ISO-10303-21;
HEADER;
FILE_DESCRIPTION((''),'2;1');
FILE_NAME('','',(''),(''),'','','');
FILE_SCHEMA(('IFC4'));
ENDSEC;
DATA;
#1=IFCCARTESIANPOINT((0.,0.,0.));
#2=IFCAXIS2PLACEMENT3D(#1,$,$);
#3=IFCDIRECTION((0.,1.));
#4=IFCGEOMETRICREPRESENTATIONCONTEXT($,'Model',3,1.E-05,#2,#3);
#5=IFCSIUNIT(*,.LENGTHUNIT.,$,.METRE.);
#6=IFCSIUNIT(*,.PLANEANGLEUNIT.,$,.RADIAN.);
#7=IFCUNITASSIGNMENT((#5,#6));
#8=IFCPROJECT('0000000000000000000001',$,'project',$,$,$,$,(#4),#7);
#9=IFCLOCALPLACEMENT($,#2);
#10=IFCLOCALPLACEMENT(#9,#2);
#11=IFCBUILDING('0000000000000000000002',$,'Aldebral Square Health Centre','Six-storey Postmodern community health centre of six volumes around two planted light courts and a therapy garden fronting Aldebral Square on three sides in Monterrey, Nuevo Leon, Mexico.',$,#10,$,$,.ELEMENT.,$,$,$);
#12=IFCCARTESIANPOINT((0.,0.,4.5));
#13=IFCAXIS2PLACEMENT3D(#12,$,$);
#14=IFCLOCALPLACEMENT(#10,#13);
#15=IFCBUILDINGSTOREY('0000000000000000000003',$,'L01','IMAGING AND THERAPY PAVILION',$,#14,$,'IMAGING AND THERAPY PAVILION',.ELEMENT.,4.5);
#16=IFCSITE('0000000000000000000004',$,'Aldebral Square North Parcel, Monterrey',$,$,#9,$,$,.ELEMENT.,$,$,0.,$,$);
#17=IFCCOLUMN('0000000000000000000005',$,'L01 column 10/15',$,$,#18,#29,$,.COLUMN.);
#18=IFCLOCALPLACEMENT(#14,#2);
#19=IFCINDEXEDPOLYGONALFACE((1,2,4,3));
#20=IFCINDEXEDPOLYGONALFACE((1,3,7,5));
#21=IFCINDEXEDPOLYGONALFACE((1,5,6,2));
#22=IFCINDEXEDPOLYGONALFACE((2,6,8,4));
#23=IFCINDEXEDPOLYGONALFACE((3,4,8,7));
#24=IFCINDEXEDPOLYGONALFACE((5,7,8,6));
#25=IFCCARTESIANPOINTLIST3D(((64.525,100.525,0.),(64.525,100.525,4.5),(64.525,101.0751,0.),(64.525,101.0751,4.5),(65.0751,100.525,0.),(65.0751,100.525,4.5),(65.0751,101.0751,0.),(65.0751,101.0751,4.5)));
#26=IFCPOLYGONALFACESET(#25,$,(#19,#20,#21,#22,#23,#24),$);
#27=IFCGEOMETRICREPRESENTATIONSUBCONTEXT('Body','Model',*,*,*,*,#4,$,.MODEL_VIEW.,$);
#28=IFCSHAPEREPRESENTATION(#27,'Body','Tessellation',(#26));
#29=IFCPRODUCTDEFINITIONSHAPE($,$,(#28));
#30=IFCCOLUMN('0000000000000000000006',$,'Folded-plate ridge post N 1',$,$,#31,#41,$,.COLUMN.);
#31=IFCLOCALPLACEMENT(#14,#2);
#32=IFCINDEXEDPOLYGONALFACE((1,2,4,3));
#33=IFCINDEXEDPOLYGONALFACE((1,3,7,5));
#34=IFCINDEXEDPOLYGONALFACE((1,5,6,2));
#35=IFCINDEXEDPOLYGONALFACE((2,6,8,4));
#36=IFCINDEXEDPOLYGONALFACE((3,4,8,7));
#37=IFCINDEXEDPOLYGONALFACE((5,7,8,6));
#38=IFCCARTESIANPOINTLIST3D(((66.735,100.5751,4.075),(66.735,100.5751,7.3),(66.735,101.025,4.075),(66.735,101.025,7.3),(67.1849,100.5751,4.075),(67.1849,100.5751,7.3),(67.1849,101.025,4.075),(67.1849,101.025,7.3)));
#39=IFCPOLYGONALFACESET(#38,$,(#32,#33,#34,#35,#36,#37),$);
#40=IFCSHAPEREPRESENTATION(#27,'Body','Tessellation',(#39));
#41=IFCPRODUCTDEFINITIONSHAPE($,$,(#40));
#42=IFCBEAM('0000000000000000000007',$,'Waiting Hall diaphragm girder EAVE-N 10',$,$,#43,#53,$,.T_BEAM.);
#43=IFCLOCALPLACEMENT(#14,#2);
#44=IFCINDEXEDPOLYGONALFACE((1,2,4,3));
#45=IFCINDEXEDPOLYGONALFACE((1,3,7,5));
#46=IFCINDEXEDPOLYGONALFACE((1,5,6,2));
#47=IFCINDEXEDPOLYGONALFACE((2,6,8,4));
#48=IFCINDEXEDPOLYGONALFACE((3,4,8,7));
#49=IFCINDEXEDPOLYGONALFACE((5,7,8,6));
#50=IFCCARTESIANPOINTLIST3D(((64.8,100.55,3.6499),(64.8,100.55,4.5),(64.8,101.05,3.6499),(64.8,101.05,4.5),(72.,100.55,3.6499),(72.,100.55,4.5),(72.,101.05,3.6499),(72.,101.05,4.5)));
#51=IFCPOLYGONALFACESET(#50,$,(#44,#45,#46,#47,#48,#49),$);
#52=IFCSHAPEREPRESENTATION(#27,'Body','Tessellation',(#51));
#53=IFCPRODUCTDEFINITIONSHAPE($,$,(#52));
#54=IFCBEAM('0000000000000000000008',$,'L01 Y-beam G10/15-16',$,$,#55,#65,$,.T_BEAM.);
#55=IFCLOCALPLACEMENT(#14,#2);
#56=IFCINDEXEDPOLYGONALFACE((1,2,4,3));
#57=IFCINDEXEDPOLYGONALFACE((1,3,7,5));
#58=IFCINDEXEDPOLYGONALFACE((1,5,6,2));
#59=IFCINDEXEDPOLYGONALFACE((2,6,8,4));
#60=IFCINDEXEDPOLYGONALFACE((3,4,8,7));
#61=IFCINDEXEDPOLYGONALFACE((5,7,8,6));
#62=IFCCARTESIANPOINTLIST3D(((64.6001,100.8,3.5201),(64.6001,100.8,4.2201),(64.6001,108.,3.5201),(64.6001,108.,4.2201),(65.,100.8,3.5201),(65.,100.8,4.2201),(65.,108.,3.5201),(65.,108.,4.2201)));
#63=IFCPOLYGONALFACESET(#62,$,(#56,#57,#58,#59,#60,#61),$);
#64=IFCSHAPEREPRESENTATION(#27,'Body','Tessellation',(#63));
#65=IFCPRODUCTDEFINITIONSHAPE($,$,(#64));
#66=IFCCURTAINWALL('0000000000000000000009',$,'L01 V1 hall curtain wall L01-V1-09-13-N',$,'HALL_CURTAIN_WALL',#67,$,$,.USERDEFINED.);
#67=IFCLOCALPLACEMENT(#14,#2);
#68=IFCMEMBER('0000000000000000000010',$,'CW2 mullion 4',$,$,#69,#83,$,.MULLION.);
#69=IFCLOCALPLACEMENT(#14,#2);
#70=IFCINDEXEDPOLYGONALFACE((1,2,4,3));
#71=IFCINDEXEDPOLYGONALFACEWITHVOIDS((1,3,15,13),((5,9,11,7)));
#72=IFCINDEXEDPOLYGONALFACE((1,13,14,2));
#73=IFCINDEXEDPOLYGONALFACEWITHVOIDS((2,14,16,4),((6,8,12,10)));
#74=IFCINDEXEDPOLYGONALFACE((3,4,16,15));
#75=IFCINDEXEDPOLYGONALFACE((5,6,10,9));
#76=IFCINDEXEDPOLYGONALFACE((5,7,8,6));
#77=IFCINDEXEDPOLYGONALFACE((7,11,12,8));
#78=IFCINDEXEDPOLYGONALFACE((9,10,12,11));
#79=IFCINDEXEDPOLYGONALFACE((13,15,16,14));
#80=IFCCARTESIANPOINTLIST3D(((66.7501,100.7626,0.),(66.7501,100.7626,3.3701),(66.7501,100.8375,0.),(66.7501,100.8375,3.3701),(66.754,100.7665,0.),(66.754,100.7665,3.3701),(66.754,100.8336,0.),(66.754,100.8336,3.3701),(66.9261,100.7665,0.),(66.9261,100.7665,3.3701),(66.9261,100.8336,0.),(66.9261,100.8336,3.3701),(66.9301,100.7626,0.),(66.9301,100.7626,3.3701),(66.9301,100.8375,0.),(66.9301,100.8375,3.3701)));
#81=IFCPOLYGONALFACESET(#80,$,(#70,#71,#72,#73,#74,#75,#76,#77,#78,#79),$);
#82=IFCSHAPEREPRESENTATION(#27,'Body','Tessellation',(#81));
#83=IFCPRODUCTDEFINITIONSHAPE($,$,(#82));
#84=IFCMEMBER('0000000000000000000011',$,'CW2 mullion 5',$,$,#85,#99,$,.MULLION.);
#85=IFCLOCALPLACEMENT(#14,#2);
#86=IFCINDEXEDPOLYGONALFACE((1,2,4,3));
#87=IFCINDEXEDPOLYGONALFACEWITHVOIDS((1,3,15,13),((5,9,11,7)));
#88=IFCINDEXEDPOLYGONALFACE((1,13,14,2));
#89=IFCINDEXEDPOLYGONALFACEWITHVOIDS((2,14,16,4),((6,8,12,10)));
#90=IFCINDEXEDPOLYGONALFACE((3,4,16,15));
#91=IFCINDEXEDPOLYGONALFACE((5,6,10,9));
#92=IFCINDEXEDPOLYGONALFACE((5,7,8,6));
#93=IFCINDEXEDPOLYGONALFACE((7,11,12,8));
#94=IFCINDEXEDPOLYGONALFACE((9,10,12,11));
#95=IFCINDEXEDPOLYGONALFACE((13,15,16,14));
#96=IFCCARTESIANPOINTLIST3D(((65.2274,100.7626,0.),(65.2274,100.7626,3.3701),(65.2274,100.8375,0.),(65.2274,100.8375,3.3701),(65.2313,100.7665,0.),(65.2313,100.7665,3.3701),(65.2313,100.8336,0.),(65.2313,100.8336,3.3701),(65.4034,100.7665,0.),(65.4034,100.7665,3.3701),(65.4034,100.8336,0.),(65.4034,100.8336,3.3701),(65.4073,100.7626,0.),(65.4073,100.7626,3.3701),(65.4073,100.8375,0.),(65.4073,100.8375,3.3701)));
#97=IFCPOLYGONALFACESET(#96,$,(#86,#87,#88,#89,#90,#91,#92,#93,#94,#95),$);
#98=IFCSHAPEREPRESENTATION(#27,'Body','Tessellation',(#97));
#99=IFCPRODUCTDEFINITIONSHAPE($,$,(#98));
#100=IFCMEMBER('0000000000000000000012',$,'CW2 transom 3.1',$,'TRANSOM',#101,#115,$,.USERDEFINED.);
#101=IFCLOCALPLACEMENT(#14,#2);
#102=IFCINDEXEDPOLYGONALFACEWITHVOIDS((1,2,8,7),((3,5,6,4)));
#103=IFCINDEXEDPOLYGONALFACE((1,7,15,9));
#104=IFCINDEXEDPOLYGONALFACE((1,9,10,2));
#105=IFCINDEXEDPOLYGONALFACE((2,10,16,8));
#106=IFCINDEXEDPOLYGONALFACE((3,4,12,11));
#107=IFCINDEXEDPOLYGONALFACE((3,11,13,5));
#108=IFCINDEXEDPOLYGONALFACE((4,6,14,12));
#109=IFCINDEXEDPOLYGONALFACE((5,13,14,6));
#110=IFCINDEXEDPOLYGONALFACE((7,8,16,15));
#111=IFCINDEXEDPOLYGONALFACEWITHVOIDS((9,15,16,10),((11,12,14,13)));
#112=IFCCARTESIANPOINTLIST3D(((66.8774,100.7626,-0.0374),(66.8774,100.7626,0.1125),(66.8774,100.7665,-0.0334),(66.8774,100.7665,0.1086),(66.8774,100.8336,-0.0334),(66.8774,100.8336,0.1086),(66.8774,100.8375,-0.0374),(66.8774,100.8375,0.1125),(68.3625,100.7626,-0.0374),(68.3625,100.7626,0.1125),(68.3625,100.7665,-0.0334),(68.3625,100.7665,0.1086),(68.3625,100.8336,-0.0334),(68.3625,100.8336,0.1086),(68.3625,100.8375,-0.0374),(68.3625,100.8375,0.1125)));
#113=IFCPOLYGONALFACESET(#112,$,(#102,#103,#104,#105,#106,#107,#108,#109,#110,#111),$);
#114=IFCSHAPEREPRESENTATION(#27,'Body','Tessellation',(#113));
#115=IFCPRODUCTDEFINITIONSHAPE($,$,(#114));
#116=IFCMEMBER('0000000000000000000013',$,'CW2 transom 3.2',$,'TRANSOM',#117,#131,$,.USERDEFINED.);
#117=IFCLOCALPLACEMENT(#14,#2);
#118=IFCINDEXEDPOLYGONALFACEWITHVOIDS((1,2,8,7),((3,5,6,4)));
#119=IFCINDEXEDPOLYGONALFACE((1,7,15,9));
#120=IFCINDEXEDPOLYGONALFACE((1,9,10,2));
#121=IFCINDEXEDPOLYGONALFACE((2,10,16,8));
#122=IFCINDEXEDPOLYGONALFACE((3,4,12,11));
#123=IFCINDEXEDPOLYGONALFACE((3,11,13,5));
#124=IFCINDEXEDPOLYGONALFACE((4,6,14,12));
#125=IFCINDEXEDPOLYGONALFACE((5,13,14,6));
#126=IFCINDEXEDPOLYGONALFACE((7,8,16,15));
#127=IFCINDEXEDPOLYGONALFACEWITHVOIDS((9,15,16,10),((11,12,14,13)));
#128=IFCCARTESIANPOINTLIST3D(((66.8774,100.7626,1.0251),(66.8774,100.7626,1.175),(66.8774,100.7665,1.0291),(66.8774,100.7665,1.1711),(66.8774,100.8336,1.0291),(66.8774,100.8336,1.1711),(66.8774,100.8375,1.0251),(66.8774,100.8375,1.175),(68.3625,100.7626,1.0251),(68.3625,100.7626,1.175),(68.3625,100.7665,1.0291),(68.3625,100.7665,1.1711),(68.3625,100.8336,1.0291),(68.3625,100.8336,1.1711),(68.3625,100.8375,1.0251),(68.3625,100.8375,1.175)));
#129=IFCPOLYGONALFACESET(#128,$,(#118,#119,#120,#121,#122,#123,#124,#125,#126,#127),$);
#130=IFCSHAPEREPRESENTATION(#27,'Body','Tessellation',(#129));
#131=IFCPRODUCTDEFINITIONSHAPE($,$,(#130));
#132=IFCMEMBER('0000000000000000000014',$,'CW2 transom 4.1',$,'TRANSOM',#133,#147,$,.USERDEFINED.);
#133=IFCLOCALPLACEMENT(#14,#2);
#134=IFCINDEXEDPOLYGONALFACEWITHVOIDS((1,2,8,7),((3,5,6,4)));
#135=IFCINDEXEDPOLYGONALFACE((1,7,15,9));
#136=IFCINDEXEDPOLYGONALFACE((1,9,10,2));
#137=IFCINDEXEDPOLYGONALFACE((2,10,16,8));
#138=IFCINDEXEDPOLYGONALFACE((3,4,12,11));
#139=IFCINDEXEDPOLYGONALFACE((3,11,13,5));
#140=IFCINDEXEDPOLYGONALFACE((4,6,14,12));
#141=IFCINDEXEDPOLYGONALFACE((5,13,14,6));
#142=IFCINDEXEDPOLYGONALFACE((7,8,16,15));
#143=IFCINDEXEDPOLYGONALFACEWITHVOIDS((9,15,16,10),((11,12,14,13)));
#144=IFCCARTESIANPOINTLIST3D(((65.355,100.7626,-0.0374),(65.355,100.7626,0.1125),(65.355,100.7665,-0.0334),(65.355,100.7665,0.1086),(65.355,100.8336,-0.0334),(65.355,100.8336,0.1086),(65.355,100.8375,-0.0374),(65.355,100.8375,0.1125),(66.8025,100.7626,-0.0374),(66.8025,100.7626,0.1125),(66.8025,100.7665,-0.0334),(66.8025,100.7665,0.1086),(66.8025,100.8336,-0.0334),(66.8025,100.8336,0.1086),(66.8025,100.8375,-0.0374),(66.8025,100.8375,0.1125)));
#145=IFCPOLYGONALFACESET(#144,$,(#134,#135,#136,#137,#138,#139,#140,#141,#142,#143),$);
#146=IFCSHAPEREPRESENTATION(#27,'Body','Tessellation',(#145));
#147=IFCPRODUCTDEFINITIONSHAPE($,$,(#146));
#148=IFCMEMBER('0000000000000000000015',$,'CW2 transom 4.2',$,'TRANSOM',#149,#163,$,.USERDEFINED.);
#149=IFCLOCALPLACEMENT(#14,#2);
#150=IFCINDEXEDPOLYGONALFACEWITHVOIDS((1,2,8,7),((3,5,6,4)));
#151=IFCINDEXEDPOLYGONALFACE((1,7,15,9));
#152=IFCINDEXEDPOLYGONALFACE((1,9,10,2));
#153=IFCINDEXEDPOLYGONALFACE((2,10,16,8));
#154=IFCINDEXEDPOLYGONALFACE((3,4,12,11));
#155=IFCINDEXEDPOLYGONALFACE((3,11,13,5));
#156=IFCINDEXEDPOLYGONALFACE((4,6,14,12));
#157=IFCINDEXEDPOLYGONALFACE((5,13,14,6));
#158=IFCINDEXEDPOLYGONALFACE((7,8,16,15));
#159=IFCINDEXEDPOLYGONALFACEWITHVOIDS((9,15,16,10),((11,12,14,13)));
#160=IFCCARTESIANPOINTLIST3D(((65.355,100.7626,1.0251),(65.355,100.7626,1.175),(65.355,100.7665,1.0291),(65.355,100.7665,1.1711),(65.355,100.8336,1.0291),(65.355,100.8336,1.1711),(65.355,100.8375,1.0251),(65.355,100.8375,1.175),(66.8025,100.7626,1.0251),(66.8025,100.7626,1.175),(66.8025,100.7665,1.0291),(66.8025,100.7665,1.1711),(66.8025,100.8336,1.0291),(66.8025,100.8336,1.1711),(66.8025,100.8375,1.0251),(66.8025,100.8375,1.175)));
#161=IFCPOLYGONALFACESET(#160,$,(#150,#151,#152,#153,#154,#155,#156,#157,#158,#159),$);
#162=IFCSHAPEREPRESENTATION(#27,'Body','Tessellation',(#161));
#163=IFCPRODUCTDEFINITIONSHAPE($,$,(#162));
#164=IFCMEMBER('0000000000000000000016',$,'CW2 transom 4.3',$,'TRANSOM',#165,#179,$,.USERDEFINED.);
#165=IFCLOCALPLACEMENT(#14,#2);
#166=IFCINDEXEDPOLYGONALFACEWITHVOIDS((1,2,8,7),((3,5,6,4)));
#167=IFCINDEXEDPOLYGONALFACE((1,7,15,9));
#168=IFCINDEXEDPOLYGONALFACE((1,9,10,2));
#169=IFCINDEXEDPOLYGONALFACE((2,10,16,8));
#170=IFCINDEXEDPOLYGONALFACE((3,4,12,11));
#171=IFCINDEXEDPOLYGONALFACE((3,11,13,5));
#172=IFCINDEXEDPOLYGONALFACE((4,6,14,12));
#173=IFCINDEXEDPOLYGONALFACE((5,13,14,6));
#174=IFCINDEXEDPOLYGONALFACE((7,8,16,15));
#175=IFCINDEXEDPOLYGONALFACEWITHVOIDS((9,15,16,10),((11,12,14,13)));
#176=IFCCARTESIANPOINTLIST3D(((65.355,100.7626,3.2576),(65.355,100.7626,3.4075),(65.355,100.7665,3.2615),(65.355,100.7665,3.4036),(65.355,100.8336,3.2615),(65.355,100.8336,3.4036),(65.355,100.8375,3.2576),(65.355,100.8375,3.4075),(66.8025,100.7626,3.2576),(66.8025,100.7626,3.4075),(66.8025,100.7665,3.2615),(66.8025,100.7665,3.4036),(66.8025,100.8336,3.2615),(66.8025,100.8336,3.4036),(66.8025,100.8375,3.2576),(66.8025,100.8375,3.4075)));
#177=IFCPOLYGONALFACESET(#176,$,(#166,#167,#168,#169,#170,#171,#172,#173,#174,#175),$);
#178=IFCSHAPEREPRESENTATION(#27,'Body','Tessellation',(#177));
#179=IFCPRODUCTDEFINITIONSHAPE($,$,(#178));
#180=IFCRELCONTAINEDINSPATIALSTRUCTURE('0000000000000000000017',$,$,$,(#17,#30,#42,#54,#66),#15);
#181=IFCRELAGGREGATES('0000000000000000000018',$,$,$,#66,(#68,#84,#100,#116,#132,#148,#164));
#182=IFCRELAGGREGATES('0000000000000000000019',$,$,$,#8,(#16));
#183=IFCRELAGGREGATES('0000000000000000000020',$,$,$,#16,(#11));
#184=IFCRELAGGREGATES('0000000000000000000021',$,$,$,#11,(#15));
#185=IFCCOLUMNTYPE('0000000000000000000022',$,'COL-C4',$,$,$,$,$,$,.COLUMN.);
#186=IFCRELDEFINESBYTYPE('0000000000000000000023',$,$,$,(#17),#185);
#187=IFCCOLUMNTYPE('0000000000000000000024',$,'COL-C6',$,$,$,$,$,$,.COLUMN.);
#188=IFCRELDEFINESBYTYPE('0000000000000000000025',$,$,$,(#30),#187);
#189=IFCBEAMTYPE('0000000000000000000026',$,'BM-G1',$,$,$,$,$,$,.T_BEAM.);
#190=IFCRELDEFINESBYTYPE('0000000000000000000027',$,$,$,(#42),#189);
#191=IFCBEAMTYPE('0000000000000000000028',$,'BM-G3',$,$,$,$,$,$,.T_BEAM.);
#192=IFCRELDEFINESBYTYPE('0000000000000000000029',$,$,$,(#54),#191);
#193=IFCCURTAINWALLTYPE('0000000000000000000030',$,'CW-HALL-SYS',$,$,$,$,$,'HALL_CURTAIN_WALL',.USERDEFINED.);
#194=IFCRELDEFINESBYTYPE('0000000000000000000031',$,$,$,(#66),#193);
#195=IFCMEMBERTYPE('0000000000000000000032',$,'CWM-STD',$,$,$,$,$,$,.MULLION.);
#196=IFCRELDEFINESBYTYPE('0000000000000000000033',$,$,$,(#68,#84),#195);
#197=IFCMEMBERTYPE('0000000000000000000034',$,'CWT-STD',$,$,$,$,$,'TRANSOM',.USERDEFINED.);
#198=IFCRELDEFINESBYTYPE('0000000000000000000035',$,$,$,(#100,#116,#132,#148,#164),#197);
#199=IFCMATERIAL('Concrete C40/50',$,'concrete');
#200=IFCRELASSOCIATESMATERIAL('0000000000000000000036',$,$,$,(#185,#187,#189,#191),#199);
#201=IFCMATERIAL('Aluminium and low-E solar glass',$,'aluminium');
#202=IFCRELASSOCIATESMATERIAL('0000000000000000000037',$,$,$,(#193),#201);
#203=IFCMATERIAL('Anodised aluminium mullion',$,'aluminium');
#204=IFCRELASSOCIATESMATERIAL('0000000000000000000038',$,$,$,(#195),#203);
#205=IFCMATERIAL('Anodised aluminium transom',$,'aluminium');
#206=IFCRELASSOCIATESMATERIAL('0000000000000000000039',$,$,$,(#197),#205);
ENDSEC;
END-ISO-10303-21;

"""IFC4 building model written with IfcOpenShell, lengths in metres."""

from ifc_helpers import new_model, si_unit, direction, frame, origin, origin_2d, place, context, subcontext, project, spatial, rectangle, hollow_rectangle, extrude, material, material_profile, profile_set, type_object, element, aggregate, save


model = new_model("IFC4")

# Units and contexts
model_context = context("Model", 3, precision=1e-05, world=origin(), true_north=direction((0.0, 1.0)))
body_context = subcontext(model_context, "Body", "Model", "MODEL_VIEW")
ifc_project = project(units=[si_unit("LENGTHUNIT", "METRE"), si_unit("PLANEANGLEUNIT", "RADIAN")], contexts=[model_context])

# Site, building, storey
site_placement = place(None, origin())
site = spatial("IfcSite", under=ifc_project, at=site_placement, Name="Aldebral Square North Parcel, Monterrey", CompositionType="ELEMENT", RefElevation=0.0)
building_placement = place(site_placement, origin())
building = spatial("IfcBuilding", under=site, at=building_placement, Name="Aldebral Square Health Centre", Description="Six-storey Postmodern community health centre of six volumes around two planted light courts and a therapy garden fronting Aldebral Square on three sides in Monterrey, Nuevo Leon, Mexico.", CompositionType="ELEMENT")
storey_placement = place(building_placement, frame((0.0, 0.0, 4.5)))
storey = spatial("IfcBuildingStorey", under=building, at=storey_placement, Name="L01", Description="IMAGING AND THERAPY PAVILION", LongName="IMAGING AND THERAPY PAVILION", CompositionType="ELEMENT", Elevation=4.5)

# Columns
ifc_material_1 = material(Name="Concrete C40/50", Category="concrete")
ifc_material_profile_1 = material_profile(ifc_material_1, rectangle(XDim=0.55, YDim=0.55, at=origin_2d()), Name="RC 550x550")
ifc_profile_set_1 = profile_set([ifc_material_profile_1], Name="Concrete C40/50")
column_type_1 = type_object("IfcColumnType", Name="COL-C4", PredefinedType="COLUMN", material=ifc_profile_set_1)
column_1_placement = place(storey_placement, frame((64.8, 100.8, 0.0), z_axis=(0.0, 0.0, 1.0), x_axis=(1.0, 0.0, 0.0)))
element("IfcColumn", 1, at=column_1_placement, inside=storey, type_object=column_type_1, Name="L01 column 10/15", PredefinedType="COLUMN", context=body_context, shape_type="SweptSolid", body=[
    extrude(rectangle(XDim=0.55, YDim=0.55, at=origin_2d()), origin(), (0.0, 0.0, 1.0), 4.5),
])
ifc_material_profile_2 = material_profile(ifc_material_1, rectangle(XDim=0.45, YDim=0.45, at=origin_2d()), Name="RC 450x450")
ifc_profile_set_2 = profile_set([ifc_material_profile_2], Name="Concrete C40/50")
column_type_2 = type_object("IfcColumnType", Name="COL-C6", PredefinedType="COLUMN", material=ifc_profile_set_2)
column_2_placement = place(storey_placement, frame((66.96, 100.8, 4.075), z_axis=(0.0, 0.0, 1.0), x_axis=(1.0, 0.0, 0.0)))
element("IfcColumn", 2, at=column_2_placement, inside=storey, type_object=column_type_2, Name="Folded-plate ridge post N 1", PredefinedType="COLUMN", context=body_context, shape_type="SweptSolid", body=[
    extrude(rectangle(XDim=0.45, YDim=0.45, at=origin_2d()), origin(), (0.0, 0.0, 1.0), 3.2251),
])

# Beams
ifc_material_profile_3 = material_profile(ifc_material_1, rectangle(XDim=0.5, YDim=0.8501, at=origin_2d()), Name="RC 500x850")
ifc_profile_set_3 = profile_set([ifc_material_profile_3], Name="Concrete C40/50")
beam_type_1 = type_object("IfcBeamType", Name="BM-G1", PredefinedType="T_BEAM", material=ifc_profile_set_3)
beam_1_placement = place(storey_placement, frame((64.8, 100.8, 4.075), z_axis=(1.0, 0.0, 0.0), x_axis=(0.0, 1.0, 0.0)))
element("IfcBeam", 3, at=beam_1_placement, inside=storey, type_object=beam_type_1, Name="Waiting Hall diaphragm girder EAVE-N 10", PredefinedType="T_BEAM", context=body_context, shape_type="SweptSolid", body=[
    extrude(rectangle(XDim=0.5, YDim=0.8501, at=origin_2d()), origin(), (0.0, 0.0, 1.0), 7.2),
])
ifc_material_profile_4 = material_profile(ifc_material_1, rectangle(XDim=0.3999, YDim=0.7, at=origin_2d()), Name="RC 400x700")
ifc_profile_set_4 = profile_set([ifc_material_profile_4], Name="Concrete C40/50")
beam_type_2 = type_object("IfcBeamType", Name="BM-G3", PredefinedType="T_BEAM", material=ifc_profile_set_4)
beam_2_placement = place(storey_placement, frame((64.8, 100.8, 3.8701), z_axis=(0.0, 1.0, 0.0), x_axis=(-1.0, 0.0, 0.0)))
element("IfcBeam", 4, at=beam_2_placement, inside=storey, type_object=beam_type_2, Name="L01 Y-beam G10/15-16", PredefinedType="T_BEAM", context=body_context, shape_type="SweptSolid", body=[
    extrude(rectangle(XDim=0.3999, YDim=0.7, at=origin_2d()), origin(), (0.0, 0.0, 1.0), 7.2),
])

# Curtain wall, members
ifc_material_2 = material(Name="Aluminium and low-E solar glass", Category="aluminium")
curtain_wall_type = type_object("IfcCurtainWallType", Name="CW-HALL-SYS", ElementType="HALL_CURTAIN_WALL", PredefinedType="USERDEFINED", material=ifc_material_2)
curtain_wall_placement = place(storey_placement, origin())
curtain_wall = element("IfcCurtainWall", 5, at=curtain_wall_placement, inside=storey, type_object=curtain_wall_type, Name="L01 V1 hall curtain wall L01-V1-09-13-N", ObjectType="HALL_CURTAIN_WALL", PredefinedType="USERDEFINED")
ifc_material_3 = material(Name="Anodised aluminium mullion", Category="aluminium")
ifc_material_profile_5 = material_profile(ifc_material_3, hollow_rectangle(XDim=0.075, YDim=0.1799, WallThickness=0.0039, at=origin_2d()), Name="CWM 75x180x4")
ifc_profile_set_5 = profile_set([ifc_material_profile_5], Name="Anodised aluminium mullion")
member_type_1 = type_object("IfcMemberType", Name="CWM-STD", PredefinedType="MULLION", material=ifc_profile_set_5)
member_1_placement = place(storey_placement, frame((66.8401, 100.8, 0.0), z_axis=(0.0, 0.0, 1.0), x_axis=(0.0, -1.0, 0.0)))
member_1 = element("IfcMember", 6, at=member_1_placement, type_object=member_type_1, Name="CW2 mullion 4", PredefinedType="MULLION", context=body_context, shape_type="SweptSolid", body=[
    extrude(hollow_rectangle(XDim=0.075, YDim=0.1799, WallThickness=0.0039, at=origin_2d()), origin(), (0.0, 0.0, 1.0), 3.3701),
])
member_2_placement = place(storey_placement, frame((65.3174, 100.8, 0.0), z_axis=(0.0, 0.0, 1.0), x_axis=(0.0, -1.0, 0.0)))
member_2 = element("IfcMember", 7, at=member_2_placement, type_object=member_type_1, Name="CW2 mullion 5", PredefinedType="MULLION", context=body_context, shape_type="SweptSolid", body=[
    extrude(hollow_rectangle(XDim=0.075, YDim=0.1799, WallThickness=0.0039, at=origin_2d()), origin(), (0.0, 0.0, 1.0), 3.3701),
])
ifc_material_4 = material(Name="Anodised aluminium transom", Category="aluminium")
ifc_material_profile_6 = material_profile(ifc_material_4, hollow_rectangle(XDim=0.075, YDim=0.1499, WallThickness=0.0039, at=origin_2d()), Name="CWT 75x150x4")
ifc_profile_set_6 = profile_set([ifc_material_profile_6], Name="Anodised aluminium transom")
member_type_2 = type_object("IfcMemberType", Name="CWT-STD", ElementType="TRANSOM", PredefinedType="USERDEFINED", material=ifc_profile_set_6)
member_3_placement = place(storey_placement, frame((68.3625, 100.8, 0.0376), z_axis=(-1.0, 0.0, 0.0), x_axis=(0.0, -1.0, 0.0)))
member_3 = element("IfcMember", 8, at=member_3_placement, type_object=member_type_2, Name="CW2 transom 3.1", ObjectType="TRANSOM", PredefinedType="USERDEFINED", context=body_context, shape_type="SweptSolid", body=[
    extrude(hollow_rectangle(XDim=0.075, YDim=0.1499, WallThickness=0.0039, at=origin_2d()), origin(), (0.0, 0.0, 1.0), 1.4851),
])
member_4_placement = place(storey_placement, frame((68.3625, 100.8, 1.1001), z_axis=(-1.0, 0.0, 0.0), x_axis=(0.0, -1.0, 0.0)))
member_4 = element("IfcMember", 9, at=member_4_placement, type_object=member_type_2, Name="CW2 transom 3.2", ObjectType="TRANSOM", PredefinedType="USERDEFINED", context=body_context, shape_type="SweptSolid", body=[
    extrude(hollow_rectangle(XDim=0.075, YDim=0.1499, WallThickness=0.0039, at=origin_2d()), origin(), (0.0, 0.0, 1.0), 1.4851),
])
member_5_placement = place(storey_placement, frame((66.8025, 100.8, 0.0376), z_axis=(-1.0, 0.0, 0.0), x_axis=(0.0, -1.0, 0.0)))
member_5 = element("IfcMember", 10, at=member_5_placement, type_object=member_type_2, Name="CW2 transom 4.1", ObjectType="TRANSOM", PredefinedType="USERDEFINED", context=body_context, shape_type="SweptSolid", body=[
    extrude(hollow_rectangle(XDim=0.075, YDim=0.1499, WallThickness=0.0039, at=origin_2d()), origin(), (0.0, 0.0, 1.0), 1.4475),
])
member_6_placement = place(storey_placement, frame((66.8025, 100.8, 1.1001), z_axis=(-1.0, 0.0, 0.0), x_axis=(0.0, -1.0, 0.0)))
member_6 = element("IfcMember", 11, at=member_6_placement, type_object=member_type_2, Name="CW2 transom 4.2", ObjectType="TRANSOM", PredefinedType="USERDEFINED", context=body_context, shape_type="SweptSolid", body=[
    extrude(hollow_rectangle(XDim=0.075, YDim=0.1499, WallThickness=0.0039, at=origin_2d()), origin(), (0.0, 0.0, 1.0), 1.4475),
])
member_7_placement = place(storey_placement, frame((66.8025, 100.8, 3.3325), z_axis=(-1.0, 0.0, 0.0), x_axis=(0.0, -1.0, 0.0)))
member_7 = element("IfcMember", 12, at=member_7_placement, type_object=member_type_2, Name="CW2 transom 4.3", ObjectType="TRANSOM", PredefinedType="USERDEFINED", context=body_context, shape_type="SweptSolid", body=[
    extrude(hollow_rectangle(XDim=0.075, YDim=0.1499, WallThickness=0.0039, at=origin_2d()), origin(), (0.0, 0.0, 1.0), 1.4475),
])
aggregate(curtain_wall, [member_1, member_2, member_3, member_4, member_5, member_6, member_7])

save(model, "model.ifc")
